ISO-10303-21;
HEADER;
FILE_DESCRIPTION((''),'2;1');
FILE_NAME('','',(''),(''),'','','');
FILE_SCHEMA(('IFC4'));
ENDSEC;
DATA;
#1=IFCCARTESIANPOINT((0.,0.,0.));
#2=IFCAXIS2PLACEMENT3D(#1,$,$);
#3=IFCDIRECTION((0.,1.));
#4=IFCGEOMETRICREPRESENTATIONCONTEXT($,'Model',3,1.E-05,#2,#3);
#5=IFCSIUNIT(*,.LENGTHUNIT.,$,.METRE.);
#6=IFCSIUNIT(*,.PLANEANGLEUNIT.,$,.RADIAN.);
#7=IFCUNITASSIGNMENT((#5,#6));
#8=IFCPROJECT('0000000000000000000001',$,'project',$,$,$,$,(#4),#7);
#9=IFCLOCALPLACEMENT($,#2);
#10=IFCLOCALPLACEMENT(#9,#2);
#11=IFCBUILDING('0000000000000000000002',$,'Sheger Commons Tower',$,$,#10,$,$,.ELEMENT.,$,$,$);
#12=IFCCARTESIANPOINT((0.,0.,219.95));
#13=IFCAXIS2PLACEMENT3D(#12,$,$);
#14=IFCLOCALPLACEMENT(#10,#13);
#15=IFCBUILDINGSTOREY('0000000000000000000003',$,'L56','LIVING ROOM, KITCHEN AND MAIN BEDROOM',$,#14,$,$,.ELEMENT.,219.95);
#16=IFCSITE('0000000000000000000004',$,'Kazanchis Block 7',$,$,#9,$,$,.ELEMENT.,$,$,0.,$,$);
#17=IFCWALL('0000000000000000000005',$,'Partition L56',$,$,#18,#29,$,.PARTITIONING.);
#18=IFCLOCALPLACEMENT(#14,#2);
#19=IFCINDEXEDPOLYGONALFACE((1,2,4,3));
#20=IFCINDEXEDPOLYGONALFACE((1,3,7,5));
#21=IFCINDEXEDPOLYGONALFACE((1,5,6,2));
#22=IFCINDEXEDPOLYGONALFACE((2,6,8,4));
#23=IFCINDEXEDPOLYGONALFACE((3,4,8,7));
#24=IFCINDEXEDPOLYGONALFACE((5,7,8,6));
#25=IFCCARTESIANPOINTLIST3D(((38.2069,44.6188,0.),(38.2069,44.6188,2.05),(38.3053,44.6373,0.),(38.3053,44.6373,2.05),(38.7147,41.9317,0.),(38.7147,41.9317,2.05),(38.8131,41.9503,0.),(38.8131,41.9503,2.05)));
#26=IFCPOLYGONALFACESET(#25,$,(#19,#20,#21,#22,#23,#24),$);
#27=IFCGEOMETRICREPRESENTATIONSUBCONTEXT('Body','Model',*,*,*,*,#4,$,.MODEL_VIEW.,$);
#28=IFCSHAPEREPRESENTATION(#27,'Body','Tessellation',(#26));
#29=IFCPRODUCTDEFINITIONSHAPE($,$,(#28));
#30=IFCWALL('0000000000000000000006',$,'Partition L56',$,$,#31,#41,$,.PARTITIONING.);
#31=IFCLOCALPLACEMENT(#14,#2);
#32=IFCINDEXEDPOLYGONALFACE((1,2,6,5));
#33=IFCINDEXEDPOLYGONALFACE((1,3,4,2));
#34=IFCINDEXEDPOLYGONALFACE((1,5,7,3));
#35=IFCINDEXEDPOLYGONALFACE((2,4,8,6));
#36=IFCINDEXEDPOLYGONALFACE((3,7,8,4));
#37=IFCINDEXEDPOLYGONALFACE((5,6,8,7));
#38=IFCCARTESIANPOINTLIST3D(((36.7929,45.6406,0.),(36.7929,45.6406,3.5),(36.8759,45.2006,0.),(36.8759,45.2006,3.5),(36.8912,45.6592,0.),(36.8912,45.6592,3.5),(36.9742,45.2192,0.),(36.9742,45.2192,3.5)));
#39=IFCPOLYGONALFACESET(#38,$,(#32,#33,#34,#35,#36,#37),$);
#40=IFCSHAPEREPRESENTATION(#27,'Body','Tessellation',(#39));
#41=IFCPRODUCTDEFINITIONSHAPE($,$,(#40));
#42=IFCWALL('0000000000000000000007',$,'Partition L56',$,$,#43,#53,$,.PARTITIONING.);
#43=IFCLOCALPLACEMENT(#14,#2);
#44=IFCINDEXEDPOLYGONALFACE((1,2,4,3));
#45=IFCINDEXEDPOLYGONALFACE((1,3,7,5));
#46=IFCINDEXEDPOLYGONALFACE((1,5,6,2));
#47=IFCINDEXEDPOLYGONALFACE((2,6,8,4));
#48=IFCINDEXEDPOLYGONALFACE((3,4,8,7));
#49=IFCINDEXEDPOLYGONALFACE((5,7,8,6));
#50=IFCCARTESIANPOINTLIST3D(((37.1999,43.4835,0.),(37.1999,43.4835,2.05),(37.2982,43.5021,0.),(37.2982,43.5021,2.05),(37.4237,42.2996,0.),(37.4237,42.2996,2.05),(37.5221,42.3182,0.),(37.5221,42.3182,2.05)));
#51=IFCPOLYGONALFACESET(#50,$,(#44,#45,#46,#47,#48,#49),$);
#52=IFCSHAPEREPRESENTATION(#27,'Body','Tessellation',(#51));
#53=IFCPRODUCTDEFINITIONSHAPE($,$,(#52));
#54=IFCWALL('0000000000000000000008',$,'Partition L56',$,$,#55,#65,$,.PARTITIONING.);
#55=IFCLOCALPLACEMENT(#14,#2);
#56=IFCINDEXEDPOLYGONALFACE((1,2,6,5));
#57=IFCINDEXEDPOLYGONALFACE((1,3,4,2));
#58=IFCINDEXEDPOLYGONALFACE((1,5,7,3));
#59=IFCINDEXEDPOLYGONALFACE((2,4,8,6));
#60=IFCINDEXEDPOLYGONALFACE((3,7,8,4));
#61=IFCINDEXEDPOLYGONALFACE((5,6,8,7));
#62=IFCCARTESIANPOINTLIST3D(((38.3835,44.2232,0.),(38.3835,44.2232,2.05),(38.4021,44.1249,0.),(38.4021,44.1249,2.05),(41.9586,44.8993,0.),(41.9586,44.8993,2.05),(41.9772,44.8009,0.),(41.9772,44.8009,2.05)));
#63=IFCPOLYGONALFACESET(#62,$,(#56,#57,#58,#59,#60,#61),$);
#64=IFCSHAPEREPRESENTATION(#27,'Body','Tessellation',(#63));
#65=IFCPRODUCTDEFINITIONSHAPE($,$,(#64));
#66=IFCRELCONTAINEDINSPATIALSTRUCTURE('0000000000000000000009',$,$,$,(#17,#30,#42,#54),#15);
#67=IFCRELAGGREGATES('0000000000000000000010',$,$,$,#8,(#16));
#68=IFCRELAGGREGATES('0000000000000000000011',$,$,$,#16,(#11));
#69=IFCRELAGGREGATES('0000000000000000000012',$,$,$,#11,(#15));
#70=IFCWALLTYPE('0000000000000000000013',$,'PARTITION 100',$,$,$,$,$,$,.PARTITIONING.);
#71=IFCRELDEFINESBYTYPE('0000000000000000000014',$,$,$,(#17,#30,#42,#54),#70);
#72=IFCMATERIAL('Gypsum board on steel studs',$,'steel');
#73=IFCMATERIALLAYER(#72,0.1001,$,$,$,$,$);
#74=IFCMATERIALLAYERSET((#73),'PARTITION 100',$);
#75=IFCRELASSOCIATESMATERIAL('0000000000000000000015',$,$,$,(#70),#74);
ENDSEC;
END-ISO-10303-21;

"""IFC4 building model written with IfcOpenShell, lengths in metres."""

from ifc_helpers import new_model, si_unit, direction, frame, frame_2d, origin, place, context, subcontext, project, spatial, rectangle, extrude, material, layer, layer_set, type_object, element, save


model = new_model("IFC4")

# Units and contexts
model_context = context("Model", 3, precision=1e-05, world=origin(), true_north=direction((0.0, 1.0)))
body_context = subcontext(model_context, "Body", "Model", "MODEL_VIEW")
ifc_project = project(units=[si_unit("LENGTHUNIT", "METRE"), si_unit("PLANEANGLEUNIT", "RADIAN")], contexts=[model_context])

# Site, building, storey
site_placement = place(None, origin())
site = spatial("IfcSite", under=ifc_project, at=site_placement, Name="Kazanchis Block 7", CompositionType="ELEMENT", RefElevation=0.0)
building_placement = place(site_placement, origin())
building = spatial("IfcBuilding", under=site, at=building_placement, Name="Sheger Commons Tower", CompositionType="ELEMENT")
storey_placement = place(building_placement, frame((0.0, 0.0, 219.95)))
storey = spatial("IfcBuildingStorey", under=building, at=storey_placement, Name="L56", Description="LIVING ROOM, KITCHEN AND MAIN BEDROOM", CompositionType="ELEMENT", Elevation=219.95)

# Walls
ifc_material_1 = material(Name="Gypsum board on steel studs", Category="steel")
ifc_layer_1 = layer(ifc_material_1, 0.1001)
ifc_layer_set_1 = layer_set([ifc_layer_1], Name="PARTITION 100")
wall_type_1 = type_object("IfcWallType", Name="PARTITION 100", PredefinedType="PARTITIONING", material=ifc_layer_set_1)
wall_1_placement = place(storey_placement, frame((38.2561, 44.6279, 0.0), z_axis=(0.0, 0.0, 1.0), x_axis=(0.185701, -0.982606, 0.0)))
element("IfcWall", 1, at=wall_1_placement, inside=storey, type_object=wall_type_1, Name="Partition L56", PredefinedType="PARTITIONING", context=body_context, shape_type="SweptSolid", body=[
    extrude(rectangle(XDim=2.7346, YDim=0.1001, at=frame_2d((1.3672, 0.0))), origin(), (0.0, 0.0, 1.0), 2.05),
])
wall_2_placement = place(storey_placement, frame((36.842, 45.6499, 0.0), z_axis=(0.0, 0.0, 1.0), x_axis=(0.185408, -0.982662, 0.0)))
element("IfcWall", 2, at=wall_2_placement, inside=storey, type_object=wall_type_1, Name="Partition L56", PredefinedType="PARTITIONING", context=body_context, shape_type="SweptSolid", body=[
    extrude(rectangle(XDim=0.4478, YDim=0.1001, at=frame_2d((0.2239, 0.0))), origin(), (0.0, 0.0, 1.0), 3.5),
])
wall_3_placement = place(storey_placement, frame((37.249, 43.4929, 0.0), z_axis=(0.0, 0.0, 1.0), x_axis=(0.185818, -0.982584, 0.0)))
element("IfcWall", 3, at=wall_3_placement, inside=storey, type_object=wall_type_1, Name="Partition L56", PredefinedType="PARTITIONING", context=body_context, shape_type="SweptSolid", body=[
    extrude(rectangle(XDim=1.2048, YDim=0.1001, at=frame_2d((0.6025, 0.0))), origin(), (0.0, 0.0, 1.0), 2.05),
])
wall_4_placement = place(storey_placement, frame((41.968, 44.8501, 0.0), z_axis=(0.0, 0.0, 1.0), x_axis=(-0.982586, -0.185808, 0.0)))
element("IfcWall", 4, at=wall_4_placement, inside=storey, type_object=wall_type_1, Name="Partition L56", PredefinedType="PARTITIONING", context=body_context, shape_type="SweptSolid", body=[
    extrude(rectangle(XDim=3.6384, YDim=0.1001, at=frame_2d((1.8193, 0.0))), origin(), (0.0, 0.0, 1.0), 2.05),
])

save(model, "model.ifc")
